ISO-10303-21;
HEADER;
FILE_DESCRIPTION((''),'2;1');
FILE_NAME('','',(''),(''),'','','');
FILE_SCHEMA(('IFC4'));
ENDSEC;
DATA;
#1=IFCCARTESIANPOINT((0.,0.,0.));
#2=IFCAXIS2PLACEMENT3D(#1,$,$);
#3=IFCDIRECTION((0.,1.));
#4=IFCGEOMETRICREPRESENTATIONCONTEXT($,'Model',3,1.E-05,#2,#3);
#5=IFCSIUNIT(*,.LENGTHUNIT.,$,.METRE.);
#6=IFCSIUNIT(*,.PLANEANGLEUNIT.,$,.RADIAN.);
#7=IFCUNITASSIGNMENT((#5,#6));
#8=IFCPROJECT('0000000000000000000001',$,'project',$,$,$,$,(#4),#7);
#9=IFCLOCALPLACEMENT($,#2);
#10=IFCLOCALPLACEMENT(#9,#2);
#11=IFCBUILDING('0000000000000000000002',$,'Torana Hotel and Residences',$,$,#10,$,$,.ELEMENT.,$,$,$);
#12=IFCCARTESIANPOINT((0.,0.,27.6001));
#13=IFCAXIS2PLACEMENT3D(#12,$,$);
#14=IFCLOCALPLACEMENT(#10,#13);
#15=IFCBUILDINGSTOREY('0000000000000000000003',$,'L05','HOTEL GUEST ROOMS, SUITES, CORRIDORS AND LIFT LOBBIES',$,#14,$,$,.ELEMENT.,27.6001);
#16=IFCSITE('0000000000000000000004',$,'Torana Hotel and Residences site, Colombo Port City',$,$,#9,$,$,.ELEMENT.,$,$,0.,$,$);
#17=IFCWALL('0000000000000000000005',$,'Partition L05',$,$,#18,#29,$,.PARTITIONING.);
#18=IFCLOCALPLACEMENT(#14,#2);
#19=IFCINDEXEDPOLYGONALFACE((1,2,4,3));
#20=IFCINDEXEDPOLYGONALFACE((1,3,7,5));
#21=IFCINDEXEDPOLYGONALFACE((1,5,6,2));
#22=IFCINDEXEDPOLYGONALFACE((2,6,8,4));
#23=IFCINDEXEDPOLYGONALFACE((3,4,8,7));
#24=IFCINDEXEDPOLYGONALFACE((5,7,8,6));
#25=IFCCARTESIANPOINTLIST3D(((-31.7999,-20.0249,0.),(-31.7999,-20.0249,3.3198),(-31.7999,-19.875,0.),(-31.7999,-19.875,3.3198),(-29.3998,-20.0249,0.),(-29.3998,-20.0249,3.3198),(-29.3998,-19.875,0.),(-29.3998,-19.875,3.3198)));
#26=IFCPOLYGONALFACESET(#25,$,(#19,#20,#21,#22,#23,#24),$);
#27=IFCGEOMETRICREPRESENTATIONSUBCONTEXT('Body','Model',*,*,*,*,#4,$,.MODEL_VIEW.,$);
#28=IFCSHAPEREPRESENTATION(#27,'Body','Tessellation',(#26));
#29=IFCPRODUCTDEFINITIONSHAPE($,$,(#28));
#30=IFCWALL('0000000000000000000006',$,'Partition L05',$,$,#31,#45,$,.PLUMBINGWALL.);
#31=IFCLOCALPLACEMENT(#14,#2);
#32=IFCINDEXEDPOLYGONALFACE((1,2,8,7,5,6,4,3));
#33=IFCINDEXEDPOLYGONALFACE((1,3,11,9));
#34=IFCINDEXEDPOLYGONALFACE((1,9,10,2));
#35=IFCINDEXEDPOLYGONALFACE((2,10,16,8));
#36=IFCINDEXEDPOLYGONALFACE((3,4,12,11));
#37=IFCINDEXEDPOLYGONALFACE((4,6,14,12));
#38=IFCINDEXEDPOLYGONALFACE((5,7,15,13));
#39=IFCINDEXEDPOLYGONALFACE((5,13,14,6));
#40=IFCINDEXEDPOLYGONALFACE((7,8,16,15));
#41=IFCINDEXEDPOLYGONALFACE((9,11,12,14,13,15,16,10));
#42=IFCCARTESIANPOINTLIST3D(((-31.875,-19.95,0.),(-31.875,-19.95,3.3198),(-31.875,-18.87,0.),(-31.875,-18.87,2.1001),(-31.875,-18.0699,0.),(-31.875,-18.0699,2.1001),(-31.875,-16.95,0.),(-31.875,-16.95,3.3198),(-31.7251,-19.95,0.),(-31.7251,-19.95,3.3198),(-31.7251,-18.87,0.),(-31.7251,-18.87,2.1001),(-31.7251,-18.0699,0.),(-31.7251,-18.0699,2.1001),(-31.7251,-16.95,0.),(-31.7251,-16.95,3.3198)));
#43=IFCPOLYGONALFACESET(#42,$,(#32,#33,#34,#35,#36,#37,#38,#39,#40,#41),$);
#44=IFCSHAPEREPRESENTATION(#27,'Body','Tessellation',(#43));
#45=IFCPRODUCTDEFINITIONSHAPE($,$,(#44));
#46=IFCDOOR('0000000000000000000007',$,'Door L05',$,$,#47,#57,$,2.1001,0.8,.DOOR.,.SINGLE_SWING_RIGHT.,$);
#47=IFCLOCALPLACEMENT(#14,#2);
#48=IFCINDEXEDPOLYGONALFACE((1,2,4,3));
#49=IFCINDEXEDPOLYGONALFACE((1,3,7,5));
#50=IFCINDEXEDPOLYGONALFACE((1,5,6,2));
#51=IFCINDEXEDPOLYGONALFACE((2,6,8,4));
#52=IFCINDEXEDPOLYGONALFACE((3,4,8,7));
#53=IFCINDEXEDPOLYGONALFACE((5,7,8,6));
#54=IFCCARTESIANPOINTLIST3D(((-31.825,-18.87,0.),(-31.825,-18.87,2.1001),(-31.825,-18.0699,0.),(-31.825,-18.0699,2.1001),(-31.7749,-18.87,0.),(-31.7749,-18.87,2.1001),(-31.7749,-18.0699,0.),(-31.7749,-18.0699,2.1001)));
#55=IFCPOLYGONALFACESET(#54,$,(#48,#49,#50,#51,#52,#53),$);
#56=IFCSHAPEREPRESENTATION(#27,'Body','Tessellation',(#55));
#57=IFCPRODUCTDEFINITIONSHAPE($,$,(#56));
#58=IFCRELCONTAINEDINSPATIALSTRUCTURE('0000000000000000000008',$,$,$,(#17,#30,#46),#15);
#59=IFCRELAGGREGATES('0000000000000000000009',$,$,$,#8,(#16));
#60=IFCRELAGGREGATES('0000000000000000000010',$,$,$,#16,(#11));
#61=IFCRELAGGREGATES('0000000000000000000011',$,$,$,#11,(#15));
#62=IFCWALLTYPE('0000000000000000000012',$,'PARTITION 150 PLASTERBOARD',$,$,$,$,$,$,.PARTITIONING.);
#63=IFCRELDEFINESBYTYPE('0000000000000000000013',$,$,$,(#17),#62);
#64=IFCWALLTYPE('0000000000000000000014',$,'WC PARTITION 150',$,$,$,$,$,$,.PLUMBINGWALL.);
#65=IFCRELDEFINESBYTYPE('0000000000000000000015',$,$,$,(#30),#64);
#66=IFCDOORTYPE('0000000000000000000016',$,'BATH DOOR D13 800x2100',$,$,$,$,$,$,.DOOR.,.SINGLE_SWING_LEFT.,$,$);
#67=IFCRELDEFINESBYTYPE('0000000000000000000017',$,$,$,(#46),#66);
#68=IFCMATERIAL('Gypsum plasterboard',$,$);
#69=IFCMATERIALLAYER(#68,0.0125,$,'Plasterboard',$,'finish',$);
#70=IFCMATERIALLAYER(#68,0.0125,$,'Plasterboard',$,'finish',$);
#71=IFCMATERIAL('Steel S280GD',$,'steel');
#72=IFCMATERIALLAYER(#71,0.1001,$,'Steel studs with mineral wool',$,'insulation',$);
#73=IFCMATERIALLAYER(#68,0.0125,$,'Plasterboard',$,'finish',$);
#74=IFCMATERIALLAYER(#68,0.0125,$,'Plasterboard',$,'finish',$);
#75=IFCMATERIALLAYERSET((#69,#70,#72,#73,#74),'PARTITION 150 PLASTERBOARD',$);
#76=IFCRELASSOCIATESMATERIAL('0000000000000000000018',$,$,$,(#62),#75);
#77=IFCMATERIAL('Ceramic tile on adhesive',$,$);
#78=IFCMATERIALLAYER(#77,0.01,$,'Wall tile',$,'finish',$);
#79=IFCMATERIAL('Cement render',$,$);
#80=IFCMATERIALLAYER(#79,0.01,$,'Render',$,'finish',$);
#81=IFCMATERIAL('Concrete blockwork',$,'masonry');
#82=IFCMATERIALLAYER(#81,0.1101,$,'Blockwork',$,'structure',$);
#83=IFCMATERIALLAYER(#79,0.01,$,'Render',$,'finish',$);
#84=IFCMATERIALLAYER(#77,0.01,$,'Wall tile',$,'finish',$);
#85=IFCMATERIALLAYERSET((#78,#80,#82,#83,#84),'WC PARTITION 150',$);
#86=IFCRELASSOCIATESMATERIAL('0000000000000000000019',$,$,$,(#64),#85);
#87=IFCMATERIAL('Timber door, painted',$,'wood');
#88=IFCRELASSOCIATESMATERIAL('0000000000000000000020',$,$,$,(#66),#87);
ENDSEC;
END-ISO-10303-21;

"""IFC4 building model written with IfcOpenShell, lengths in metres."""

from ifc_helpers import new_model, si_unit, direction, frame, frame_2d, origin, place, context, subcontext, project, spatial, rectangle, extrude, material, layer, layer_set, type_object, element, fill, save


model = new_model("IFC4")

# Units and contexts
model_context = context("Model", 3, precision=1e-05, world=origin(), true_north=direction((0.0, 1.0)))
body_context = subcontext(model_context, "Body", "Model", "MODEL_VIEW")
ifc_project = project(units=[si_unit("LENGTHUNIT", "METRE"), si_unit("PLANEANGLEUNIT", "RADIAN")], contexts=[model_context])

# Site, building, storey
site_placement = place(None, origin())
site = spatial("IfcSite", under=ifc_project, at=site_placement, Name="Torana Hotel and Residences site, Colombo Port City", CompositionType="ELEMENT", RefElevation=0.0)
building_placement = place(site_placement, origin())
building = spatial("IfcBuilding", under=site, at=building_placement, Name="Torana Hotel and Residences", CompositionType="ELEMENT")
storey_placement = place(building_placement, frame((0.0, 0.0, 27.6001)))
storey = spatial("IfcBuildingStorey", under=building, at=storey_placement, Name="L05", Description="HOTEL GUEST ROOMS, SUITES, CORRIDORS AND LIFT LOBBIES", CompositionType="ELEMENT", Elevation=27.6001)

# Shared definitions
ifc_material_1 = material(Name="Concrete blockwork", Category="masonry")

# Wall
ifc_material_2 = material(Name="Gypsum plasterboard")
ifc_layer_1 = layer(ifc_material_2, 0.0125, Name="Plasterboard", Category="finish")
ifc_layer_2 = layer(ifc_material_2, 0.0125, Name="Plasterboard", Category="finish")
ifc_material_3 = material(Name="Steel S280GD", Category="steel")
ifc_layer_3 = layer(ifc_material_3, 0.1001, Name="Steel studs with mineral wool", Category="insulation")
ifc_layer_4 = layer(ifc_material_2, 0.0125, Name="Plasterboard", Category="finish")
ifc_layer_5 = layer(ifc_material_2, 0.0125, Name="Plasterboard", Category="finish")
ifc_layer_set_1 = layer_set([ifc_layer_1, ifc_layer_2, ifc_layer_3, ifc_layer_4, ifc_layer_5], Name="PARTITION 150 PLASTERBOARD")
wall_type_1 = type_object("IfcWallType", Name="PARTITION 150 PLASTERBOARD", PredefinedType="PARTITIONING", material=ifc_layer_set_1)
wall_1_placement = place(storey_placement, frame((-31.8, -19.95, 0.0), z_axis=(0.0, 0.0, 1.0), x_axis=(1.0, 0.0, 0.0)))
element("IfcWall", 1, at=wall_1_placement, inside=storey, type_object=wall_type_1, Name="Partition L05", PredefinedType="PARTITIONING", context=body_context, shape_type="SweptSolid", body=[
    extrude(rectangle(XDim=2.4001, YDim=0.1499, at=frame_2d((1.2002, 0.0))), origin(), (0.0, 0.0, 1.0), 3.3198),
])

# Wall, opening, door
ifc_material_4 = material(Name="Ceramic tile on adhesive")
ifc_layer_6 = layer(ifc_material_4, 0.01, Name="Wall tile", Category="finish")
ifc_material_5 = material(Name="Cement render")
ifc_layer_7 = layer(ifc_material_5, 0.01, Name="Render", Category="finish")
ifc_layer_8 = layer(ifc_material_1, 0.1101, Name="Blockwork", Category="structure")
ifc_layer_9 = layer(ifc_material_5, 0.01, Name="Render", Category="finish")
ifc_layer_10 = layer(ifc_material_4, 0.01, Name="Wall tile", Category="finish")
ifc_layer_set_2 = layer_set([ifc_layer_6, ifc_layer_7, ifc_layer_8, ifc_layer_9, ifc_layer_10], Name="WC PARTITION 150")
wall_type_2 = type_object("IfcWallType", Name="WC PARTITION 150", PredefinedType="PLUMBINGWALL", material=ifc_layer_set_2)
wall_2_placement = place(storey_placement, frame((-31.8, -19.95, 0.0), z_axis=(0.0, 0.0, 1.0), x_axis=(0.0, 1.0, 0.0)))
wall_2 = element("IfcWall", 2, at=wall_2_placement, inside=storey, type_object=wall_type_2, Name="Partition L05", PredefinedType="PLUMBINGWALL", context=body_context, shape_type="SweptSolid", body=[
    extrude(rectangle(XDim=3.0, YDim=0.1499, at=frame_2d((1.5, 0.0))), origin(), (0.0, 0.0, 1.0), 3.3198),
])
opening_1_placement = place(wall_2_placement, frame((1.0801, 0.0, 0.0)))
opening_1 = element("IfcOpeningElement", 3, at=opening_1_placement, cuts=wall_2, PredefinedType="OPENING", context=body_context, shape_type="SweptSolid", body=[
    extrude(rectangle(XDim=0.8, YDim=2.1001, at=frame_2d((0.3999, 1.05))), frame((0.0, 0.085, 0.0), z_axis=(0.0, -1.0, 0.0), x_axis=(1.0, 0.0, 0.0)), (0.0, 0.0, 1.0), 0.1699),
])
ifc_material_6 = material(Name="Timber door, painted", Category="wood")
door_type_1 = type_object("IfcDoorType", Name="BATH DOOR D13 800x2100", OperationType="SINGLE_SWING_LEFT", PredefinedType="DOOR", material=ifc_material_6)
door_1_placement = place(opening_1_placement, origin())
door_1 = element("IfcDoor", 4, at=door_1_placement, inside=storey, type_object=door_type_1, Name="Door L05", OperationType="SINGLE_SWING_RIGHT", OverallHeight=2.1001, OverallWidth=0.8, PredefinedType="DOOR", context=body_context, shape_type="SweptSolid", body=[
    extrude(rectangle(XDim=0.8, YDim=2.1001, at=frame_2d((0.3999, 1.05))), frame((0.0, 0.0249, 0.0), z_axis=(0.0, -1.0, 0.0), x_axis=(1.0, 0.0, 0.0)), (0.0, 0.0, 1.0), 0.05),
])
fill(opening_1, door_1)

save(model, "model.ifc")
